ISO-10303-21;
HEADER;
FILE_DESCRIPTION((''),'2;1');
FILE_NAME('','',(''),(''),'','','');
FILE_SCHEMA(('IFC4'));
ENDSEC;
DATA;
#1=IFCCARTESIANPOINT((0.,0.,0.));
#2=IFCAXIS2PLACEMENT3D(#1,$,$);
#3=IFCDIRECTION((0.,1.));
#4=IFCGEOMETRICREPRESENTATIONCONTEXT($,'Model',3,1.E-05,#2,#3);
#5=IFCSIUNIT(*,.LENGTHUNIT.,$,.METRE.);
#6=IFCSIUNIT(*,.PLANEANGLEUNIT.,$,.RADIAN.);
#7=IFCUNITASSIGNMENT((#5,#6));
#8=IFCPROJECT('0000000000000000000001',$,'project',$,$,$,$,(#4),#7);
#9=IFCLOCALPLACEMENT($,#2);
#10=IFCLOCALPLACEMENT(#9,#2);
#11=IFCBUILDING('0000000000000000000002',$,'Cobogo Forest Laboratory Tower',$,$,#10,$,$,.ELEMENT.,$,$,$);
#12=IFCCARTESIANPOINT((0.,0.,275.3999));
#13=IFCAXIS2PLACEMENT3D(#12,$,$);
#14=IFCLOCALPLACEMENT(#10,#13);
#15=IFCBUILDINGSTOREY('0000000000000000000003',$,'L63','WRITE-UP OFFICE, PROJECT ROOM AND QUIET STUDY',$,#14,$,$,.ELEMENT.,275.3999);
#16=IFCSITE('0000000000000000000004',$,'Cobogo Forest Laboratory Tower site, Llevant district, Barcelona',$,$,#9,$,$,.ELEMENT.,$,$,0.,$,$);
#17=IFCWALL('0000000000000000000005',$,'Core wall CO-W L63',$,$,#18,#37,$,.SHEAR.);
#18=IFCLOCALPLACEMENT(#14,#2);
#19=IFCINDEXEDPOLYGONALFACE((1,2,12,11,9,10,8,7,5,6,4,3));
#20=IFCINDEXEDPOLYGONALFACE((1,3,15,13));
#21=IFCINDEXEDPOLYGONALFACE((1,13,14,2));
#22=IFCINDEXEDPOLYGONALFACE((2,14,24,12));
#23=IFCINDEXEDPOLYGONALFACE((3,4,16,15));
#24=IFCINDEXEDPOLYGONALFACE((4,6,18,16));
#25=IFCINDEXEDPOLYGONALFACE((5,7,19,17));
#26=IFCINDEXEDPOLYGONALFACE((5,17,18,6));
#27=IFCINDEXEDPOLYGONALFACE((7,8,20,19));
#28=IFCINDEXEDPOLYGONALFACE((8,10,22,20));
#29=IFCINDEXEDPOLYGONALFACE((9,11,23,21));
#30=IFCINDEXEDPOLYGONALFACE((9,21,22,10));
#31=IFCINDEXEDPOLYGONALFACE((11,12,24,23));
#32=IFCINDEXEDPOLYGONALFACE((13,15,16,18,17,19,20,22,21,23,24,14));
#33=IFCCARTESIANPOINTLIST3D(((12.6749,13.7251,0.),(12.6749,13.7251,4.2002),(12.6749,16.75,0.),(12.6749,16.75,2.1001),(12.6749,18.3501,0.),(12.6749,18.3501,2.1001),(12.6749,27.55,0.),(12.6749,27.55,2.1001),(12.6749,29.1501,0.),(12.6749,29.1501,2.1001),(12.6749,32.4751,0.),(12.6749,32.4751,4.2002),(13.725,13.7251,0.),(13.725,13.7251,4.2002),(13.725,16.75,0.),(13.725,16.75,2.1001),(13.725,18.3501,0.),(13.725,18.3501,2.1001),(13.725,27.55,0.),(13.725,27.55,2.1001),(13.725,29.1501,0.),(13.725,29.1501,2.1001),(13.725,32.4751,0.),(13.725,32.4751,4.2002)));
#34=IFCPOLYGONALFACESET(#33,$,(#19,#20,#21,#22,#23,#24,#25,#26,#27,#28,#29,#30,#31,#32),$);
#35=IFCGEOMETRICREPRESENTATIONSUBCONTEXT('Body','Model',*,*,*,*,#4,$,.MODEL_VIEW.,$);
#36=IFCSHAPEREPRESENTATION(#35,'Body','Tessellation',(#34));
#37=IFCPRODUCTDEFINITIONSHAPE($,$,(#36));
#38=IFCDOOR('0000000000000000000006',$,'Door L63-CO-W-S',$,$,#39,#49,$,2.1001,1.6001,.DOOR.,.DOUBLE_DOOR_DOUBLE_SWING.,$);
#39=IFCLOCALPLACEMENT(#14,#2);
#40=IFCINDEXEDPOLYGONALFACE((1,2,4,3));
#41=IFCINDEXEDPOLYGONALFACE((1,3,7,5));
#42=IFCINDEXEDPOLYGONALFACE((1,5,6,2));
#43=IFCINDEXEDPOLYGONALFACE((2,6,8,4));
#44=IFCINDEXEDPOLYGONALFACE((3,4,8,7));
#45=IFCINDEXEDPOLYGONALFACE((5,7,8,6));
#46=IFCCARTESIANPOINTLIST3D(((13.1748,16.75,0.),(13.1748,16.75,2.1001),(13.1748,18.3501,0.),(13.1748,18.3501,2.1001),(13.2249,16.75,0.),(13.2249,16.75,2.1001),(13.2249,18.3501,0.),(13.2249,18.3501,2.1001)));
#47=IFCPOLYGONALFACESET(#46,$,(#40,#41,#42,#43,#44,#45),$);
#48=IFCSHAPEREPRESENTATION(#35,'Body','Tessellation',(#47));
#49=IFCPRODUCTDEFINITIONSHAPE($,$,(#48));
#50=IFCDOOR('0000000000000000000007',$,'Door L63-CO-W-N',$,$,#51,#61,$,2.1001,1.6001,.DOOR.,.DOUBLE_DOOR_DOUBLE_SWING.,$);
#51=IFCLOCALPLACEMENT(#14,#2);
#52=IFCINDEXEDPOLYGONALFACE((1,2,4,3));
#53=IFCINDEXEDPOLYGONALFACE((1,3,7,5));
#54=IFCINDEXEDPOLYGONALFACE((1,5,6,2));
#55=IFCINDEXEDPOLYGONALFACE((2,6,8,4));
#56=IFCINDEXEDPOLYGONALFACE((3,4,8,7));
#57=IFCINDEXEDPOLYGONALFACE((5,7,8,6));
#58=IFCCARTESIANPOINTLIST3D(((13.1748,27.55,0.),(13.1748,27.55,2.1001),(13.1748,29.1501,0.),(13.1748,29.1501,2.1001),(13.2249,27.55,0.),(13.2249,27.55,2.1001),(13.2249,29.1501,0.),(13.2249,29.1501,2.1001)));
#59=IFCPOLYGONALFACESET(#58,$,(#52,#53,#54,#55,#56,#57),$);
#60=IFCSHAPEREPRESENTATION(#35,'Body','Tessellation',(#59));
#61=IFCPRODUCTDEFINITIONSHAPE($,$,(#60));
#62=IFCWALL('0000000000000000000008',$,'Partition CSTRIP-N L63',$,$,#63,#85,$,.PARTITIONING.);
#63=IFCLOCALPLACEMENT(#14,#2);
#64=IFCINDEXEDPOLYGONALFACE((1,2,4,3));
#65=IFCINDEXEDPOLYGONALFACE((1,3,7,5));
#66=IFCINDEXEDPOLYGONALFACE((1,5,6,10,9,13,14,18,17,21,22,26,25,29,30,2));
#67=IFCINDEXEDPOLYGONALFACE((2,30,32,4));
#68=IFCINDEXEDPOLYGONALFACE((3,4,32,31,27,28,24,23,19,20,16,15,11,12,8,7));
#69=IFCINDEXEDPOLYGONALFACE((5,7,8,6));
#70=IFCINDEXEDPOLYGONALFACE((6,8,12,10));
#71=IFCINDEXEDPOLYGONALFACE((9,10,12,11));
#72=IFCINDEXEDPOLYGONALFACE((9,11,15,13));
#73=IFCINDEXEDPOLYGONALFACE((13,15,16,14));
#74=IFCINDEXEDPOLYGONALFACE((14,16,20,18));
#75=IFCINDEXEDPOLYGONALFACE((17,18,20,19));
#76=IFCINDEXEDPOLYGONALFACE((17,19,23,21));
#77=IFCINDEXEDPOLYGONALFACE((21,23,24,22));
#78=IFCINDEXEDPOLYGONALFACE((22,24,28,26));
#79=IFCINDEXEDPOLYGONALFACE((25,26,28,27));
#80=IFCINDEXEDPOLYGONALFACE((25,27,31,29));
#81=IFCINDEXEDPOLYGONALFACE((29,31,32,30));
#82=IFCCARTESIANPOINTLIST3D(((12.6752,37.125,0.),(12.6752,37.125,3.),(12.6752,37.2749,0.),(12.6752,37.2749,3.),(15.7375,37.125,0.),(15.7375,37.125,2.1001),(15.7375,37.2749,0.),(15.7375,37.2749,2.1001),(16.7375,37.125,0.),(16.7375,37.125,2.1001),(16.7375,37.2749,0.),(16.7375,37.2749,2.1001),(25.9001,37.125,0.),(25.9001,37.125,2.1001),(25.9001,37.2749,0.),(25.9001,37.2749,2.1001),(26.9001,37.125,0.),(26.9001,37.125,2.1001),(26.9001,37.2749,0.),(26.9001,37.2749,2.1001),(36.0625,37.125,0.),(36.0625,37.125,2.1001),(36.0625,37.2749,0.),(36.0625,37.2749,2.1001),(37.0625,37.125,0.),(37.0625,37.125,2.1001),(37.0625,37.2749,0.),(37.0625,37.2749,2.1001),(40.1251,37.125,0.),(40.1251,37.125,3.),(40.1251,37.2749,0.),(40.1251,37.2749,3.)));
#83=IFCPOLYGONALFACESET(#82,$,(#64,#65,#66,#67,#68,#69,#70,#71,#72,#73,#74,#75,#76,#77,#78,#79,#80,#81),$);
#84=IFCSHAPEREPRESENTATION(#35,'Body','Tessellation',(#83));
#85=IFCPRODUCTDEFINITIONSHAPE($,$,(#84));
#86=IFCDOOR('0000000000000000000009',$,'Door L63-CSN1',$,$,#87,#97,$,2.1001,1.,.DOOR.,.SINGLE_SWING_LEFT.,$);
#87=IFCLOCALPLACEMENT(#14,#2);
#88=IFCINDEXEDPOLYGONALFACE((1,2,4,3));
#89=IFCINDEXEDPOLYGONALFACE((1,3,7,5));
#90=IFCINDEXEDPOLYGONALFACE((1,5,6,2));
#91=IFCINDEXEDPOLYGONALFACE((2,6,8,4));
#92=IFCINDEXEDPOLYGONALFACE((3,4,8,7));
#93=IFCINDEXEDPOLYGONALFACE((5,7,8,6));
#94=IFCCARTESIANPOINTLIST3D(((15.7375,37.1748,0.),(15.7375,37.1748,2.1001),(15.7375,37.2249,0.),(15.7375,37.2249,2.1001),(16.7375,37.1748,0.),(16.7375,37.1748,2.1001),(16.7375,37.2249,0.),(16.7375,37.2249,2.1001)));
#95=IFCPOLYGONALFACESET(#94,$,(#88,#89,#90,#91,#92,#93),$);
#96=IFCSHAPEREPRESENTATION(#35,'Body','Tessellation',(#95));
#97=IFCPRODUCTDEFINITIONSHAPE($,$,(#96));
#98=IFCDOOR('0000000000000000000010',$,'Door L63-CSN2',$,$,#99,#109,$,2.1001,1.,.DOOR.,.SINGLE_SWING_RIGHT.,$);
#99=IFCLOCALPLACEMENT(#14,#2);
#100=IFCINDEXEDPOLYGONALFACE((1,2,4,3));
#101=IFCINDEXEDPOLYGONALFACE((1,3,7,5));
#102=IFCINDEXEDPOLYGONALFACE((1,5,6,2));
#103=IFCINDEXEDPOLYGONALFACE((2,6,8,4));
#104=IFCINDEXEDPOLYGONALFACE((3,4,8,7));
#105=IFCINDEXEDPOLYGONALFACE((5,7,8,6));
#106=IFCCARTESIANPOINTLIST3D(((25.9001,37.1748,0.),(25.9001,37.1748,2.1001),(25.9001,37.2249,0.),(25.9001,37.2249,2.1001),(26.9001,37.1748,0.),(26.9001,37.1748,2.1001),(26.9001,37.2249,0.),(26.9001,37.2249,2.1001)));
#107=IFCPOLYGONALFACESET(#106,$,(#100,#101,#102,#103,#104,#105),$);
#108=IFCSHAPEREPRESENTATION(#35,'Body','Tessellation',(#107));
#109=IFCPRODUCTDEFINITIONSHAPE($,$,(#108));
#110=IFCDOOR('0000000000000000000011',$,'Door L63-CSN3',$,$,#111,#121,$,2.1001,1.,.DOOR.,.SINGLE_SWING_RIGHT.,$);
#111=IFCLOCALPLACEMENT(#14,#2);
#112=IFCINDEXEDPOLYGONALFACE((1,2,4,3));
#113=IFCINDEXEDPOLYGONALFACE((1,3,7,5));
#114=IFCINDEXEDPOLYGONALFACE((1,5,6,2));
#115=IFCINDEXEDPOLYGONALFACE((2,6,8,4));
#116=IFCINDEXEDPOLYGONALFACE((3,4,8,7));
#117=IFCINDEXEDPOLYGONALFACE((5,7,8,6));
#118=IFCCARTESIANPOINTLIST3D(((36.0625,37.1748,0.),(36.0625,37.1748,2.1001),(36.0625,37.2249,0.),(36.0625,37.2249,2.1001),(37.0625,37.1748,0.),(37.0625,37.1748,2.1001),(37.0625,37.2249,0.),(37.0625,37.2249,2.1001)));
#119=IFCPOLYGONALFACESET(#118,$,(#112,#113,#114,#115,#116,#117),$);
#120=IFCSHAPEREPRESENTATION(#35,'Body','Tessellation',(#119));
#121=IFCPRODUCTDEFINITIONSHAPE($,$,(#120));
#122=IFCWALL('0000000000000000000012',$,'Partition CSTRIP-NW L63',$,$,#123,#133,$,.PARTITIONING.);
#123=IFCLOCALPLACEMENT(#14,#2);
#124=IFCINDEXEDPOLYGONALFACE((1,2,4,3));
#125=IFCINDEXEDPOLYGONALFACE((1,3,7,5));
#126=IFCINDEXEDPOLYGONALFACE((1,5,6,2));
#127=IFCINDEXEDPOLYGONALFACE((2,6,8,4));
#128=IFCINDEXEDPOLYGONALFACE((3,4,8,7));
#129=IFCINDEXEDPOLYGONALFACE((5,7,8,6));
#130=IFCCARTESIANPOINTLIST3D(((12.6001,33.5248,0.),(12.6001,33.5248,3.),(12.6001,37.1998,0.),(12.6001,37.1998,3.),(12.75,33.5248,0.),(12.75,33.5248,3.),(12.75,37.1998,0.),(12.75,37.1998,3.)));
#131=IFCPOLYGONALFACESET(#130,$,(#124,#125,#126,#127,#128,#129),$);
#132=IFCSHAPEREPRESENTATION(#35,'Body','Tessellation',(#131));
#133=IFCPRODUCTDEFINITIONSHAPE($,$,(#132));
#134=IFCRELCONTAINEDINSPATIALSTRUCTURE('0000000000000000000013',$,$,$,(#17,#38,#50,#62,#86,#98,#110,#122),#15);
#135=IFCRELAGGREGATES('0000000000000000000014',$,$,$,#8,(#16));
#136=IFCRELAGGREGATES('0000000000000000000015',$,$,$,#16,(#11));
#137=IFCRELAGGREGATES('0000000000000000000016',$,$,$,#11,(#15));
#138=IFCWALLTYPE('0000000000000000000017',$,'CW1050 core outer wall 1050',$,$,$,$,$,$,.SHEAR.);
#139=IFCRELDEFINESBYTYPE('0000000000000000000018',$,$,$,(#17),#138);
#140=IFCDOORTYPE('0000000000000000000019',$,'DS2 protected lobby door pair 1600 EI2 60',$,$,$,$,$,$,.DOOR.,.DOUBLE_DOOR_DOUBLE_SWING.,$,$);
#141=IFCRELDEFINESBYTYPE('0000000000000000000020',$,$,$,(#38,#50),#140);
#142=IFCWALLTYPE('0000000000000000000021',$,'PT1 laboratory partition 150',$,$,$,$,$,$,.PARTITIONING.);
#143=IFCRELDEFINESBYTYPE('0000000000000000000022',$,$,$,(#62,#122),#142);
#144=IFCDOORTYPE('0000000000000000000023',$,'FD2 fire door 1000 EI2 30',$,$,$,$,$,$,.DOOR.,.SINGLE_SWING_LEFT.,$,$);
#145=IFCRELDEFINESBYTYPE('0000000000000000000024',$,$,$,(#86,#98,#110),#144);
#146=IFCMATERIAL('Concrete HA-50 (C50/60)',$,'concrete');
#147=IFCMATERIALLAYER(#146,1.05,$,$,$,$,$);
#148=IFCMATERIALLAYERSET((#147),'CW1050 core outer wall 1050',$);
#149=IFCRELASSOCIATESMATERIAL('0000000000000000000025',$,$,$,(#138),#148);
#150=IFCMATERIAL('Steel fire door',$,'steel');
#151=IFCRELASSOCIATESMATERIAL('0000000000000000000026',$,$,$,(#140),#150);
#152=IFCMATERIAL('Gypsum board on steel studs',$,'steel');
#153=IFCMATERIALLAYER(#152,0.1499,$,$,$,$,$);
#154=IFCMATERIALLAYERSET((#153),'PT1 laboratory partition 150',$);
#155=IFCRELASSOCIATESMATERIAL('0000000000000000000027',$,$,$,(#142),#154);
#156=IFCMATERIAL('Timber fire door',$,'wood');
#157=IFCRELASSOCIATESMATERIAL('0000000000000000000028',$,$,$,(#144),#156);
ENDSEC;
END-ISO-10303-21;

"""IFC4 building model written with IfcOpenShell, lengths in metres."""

from ifc_helpers import new_model, si_unit, direction, frame, frame_2d, origin, place, context, subcontext, project, spatial, rectangle, extrude, material, layer, layer_set, type_object, element, fill, save


model = new_model("IFC4")

# Units and contexts
model_context = context("Model", 3, precision=1e-05, world=origin(), true_north=direction((0.0, 1.0)))
body_context = subcontext(model_context, "Body", "Model", "MODEL_VIEW")
ifc_project = project(units=[si_unit("LENGTHUNIT", "METRE"), si_unit("PLANEANGLEUNIT", "RADIAN")], contexts=[model_context])

# Site, building, storey
site_placement = place(None, origin())
site = spatial("IfcSite", under=ifc_project, at=site_placement, Name="Cobogo Forest Laboratory Tower site, Llevant district, Barcelona", CompositionType="ELEMENT", RefElevation=0.0)
building_placement = place(site_placement, origin())
building = spatial("IfcBuilding", under=site, at=building_placement, Name="Cobogo Forest Laboratory Tower", CompositionType="ELEMENT")
storey_placement = place(building_placement, frame((0.0, 0.0, 275.3999)))
storey = spatial("IfcBuildingStorey", under=building, at=storey_placement, Name="L63", Description="WRITE-UP OFFICE, PROJECT ROOM AND QUIET STUDY", CompositionType="ELEMENT", Elevation=275.3999)

# Shared definitions
ifc_material_1 = material(Name="Concrete HA-50 (C50/60)", Category="concrete")

# Walls, openings, doors
ifc_material_2 = material(Name="Steel fire door", Category="steel")
ifc_layer_1 = layer(ifc_material_1, 1.05)
ifc_layer_set_1 = layer_set([ifc_layer_1], Name="CW1050 core outer wall 1050")
wall_type_1 = type_object("IfcWallType", Name="CW1050 core outer wall 1050", PredefinedType="SHEAR", material=ifc_layer_set_1)
wall_1_placement = place(storey_placement, frame((13.2, 32.4751, 0.0), z_axis=(0.0, 0.0, 1.0), x_axis=(0.0, -1.0, 0.0)))
wall_1 = element("IfcWall", 1, at=wall_1_placement, inside=storey, type_object=wall_type_1, Name="Core wall CO-W L63", PredefinedType="SHEAR", context=body_context, shape_type="SweptSolid", body=[
    extrude(rectangle(XDim=18.75, YDim=1.05, at=frame_2d((9.375, 0.0))), origin(), (0.0, 0.0, 1.0), 4.2002),
])
opening_1_placement = place(wall_1_placement, frame((14.125, 0.0, 0.0)))
opening_1 = element("IfcOpeningElement", 2, at=opening_1_placement, cuts=wall_1, PredefinedType="OPENING", context=body_context, shape_type="SweptSolid", body=[
    extrude(rectangle(XDim=1.6001, YDim=2.1001, at=frame_2d((0.8, 1.05))), frame((0.0, 0.5349, 0.0), z_axis=(0.0, -1.0, 0.0), x_axis=(1.0, 0.0, 0.0)), (0.0, 0.0, 1.0), 1.0701),
])
opening_2_placement = place(wall_1_placement, frame((3.325, 0.0, 0.0)))
opening_2 = element("IfcOpeningElement", 3, at=opening_2_placement, cuts=wall_1, PredefinedType="OPENING", context=body_context, shape_type="SweptSolid", body=[
    extrude(rectangle(XDim=1.6001, YDim=2.1001, at=frame_2d((0.8, 1.05))), frame((0.0, 0.5349, 0.0), z_axis=(0.0, -1.0, 0.0), x_axis=(1.0, 0.0, 0.0)), (0.0, 0.0, 1.0), 1.0701),
])
door_type_1 = type_object("IfcDoorType", Name="DS2 protected lobby door pair 1600 EI2 60", OperationType="DOUBLE_DOOR_DOUBLE_SWING", PredefinedType="DOOR", material=ifc_material_2)
door_1_placement = place(opening_1_placement, origin())
door_1 = element("IfcDoor", 4, at=door_1_placement, inside=storey, type_object=door_type_1, Name="Door L63-CO-W-S", OperationType="DOUBLE_DOOR_DOUBLE_SWING", OverallHeight=2.1001, OverallWidth=1.6001, PredefinedType="DOOR", context=body_context, shape_type="SweptSolid", body=[
    extrude(rectangle(XDim=1.6001, YDim=2.1001, at=frame_2d((0.8, 1.05))), frame((0.0, 0.0249, 0.0), z_axis=(0.0, -1.0, 0.0), x_axis=(1.0, 0.0, 0.0)), (0.0, 0.0, 1.0), 0.05),
])
fill(opening_1, door_1)
door_2_placement = place(opening_2_placement, origin())
door_2 = element("IfcDoor", 5, at=door_2_placement, inside=storey, type_object=door_type_1, Name="Door L63-CO-W-N", OperationType="DOUBLE_DOOR_DOUBLE_SWING", OverallHeight=2.1001, OverallWidth=1.6001, PredefinedType="DOOR", context=body_context, shape_type="SweptSolid", body=[
    extrude(rectangle(XDim=1.6001, YDim=2.1001, at=frame_2d((0.8, 1.05))), frame((0.0, 0.0249, 0.0), z_axis=(0.0, -1.0, 0.0), x_axis=(1.0, 0.0, 0.0)), (0.0, 0.0, 1.0), 0.05),
])
fill(opening_2, door_2)
ifc_material_3 = material(Name="Gypsum board on steel studs", Category="steel")
ifc_layer_2 = layer(ifc_material_3, 0.1499)
ifc_layer_set_2 = layer_set([ifc_layer_2], Name="PT1 laboratory partition 150")
wall_type_2 = type_object("IfcWallType", Name="PT1 laboratory partition 150", PredefinedType="PARTITIONING", material=ifc_layer_set_2)
wall_2_placement = place(storey_placement, frame((12.675, 37.2, 0.0), z_axis=(0.0, 0.0, 1.0), x_axis=(1.0, 0.0, 0.0)))
wall_2 = element("IfcWall", 6, at=wall_2_placement, inside=storey, type_object=wall_type_2, Name="Partition CSTRIP-N L63", PredefinedType="PARTITIONING", context=body_context, shape_type="SweptSolid", body=[
    extrude(rectangle(XDim=27.45, YDim=0.1499, at=frame_2d((13.7251, 0.0))), origin(), (0.0, 0.0, 1.0), 3.0),
])
opening_3_placement = place(wall_2_placement, frame((3.0625, 0.0, 0.0)))
opening_3 = element("IfcOpeningElement", 7, at=opening_3_placement, cuts=wall_2, PredefinedType="OPENING", context=body_context, shape_type="SweptSolid", body=[
    extrude(rectangle(XDim=1.0, YDim=2.1001, at=frame_2d((0.5, 1.05))), frame((0.0, 0.085, 0.0), z_axis=(0.0, -1.0, 0.0), x_axis=(1.0, 0.0, 0.0)), (0.0, 0.0, 1.0), 0.1699),
])
opening_4_placement = place(wall_2_placement, frame((13.2251, 0.0, 0.0)))
opening_4 = element("IfcOpeningElement", 8, at=opening_4_placement, cuts=wall_2, PredefinedType="OPENING", context=body_context, shape_type="SweptSolid", body=[
    extrude(rectangle(XDim=1.0, YDim=2.1001, at=frame_2d((0.5, 1.05))), frame((0.0, 0.085, 0.0), z_axis=(0.0, -1.0, 0.0), x_axis=(1.0, 0.0, 0.0)), (0.0, 0.0, 1.0), 0.1699),
])
opening_5_placement = place(wall_2_placement, frame((23.3875, 0.0, 0.0)))
opening_5 = element("IfcOpeningElement", 9, at=opening_5_placement, cuts=wall_2, PredefinedType="OPENING", context=body_context, shape_type="SweptSolid", body=[
    extrude(rectangle(XDim=1.0, YDim=2.1001, at=frame_2d((0.5, 1.05))), frame((0.0, 0.085, 0.0), z_axis=(0.0, -1.0, 0.0), x_axis=(1.0, 0.0, 0.0)), (0.0, 0.0, 1.0), 0.1699),
])
ifc_material_4 = material(Name="Timber fire door", Category="wood")
door_type_2 = type_object("IfcDoorType", Name="FD2 fire door 1000 EI2 30", OperationType="SINGLE_SWING_LEFT", PredefinedType="DOOR", material=ifc_material_4)
door_3_placement = place(opening_3_placement, origin())
door_3 = element("IfcDoor", 10, at=door_3_placement, inside=storey, type_object=door_type_2, Name="Door L63-CSN1", OperationType="SINGLE_SWING_LEFT", OverallHeight=2.1001, OverallWidth=1.0, PredefinedType="DOOR", context=body_context, shape_type="SweptSolid", body=[
    extrude(rectangle(XDim=1.0, YDim=2.1001, at=frame_2d((0.5, 1.05))), frame((0.0, 0.0249, 0.0), z_axis=(0.0, -1.0, 0.0), x_axis=(1.0, 0.0, 0.0)), (0.0, 0.0, 1.0), 0.05),
])
fill(opening_3, door_3)
door_4_placement = place(opening_4_placement, origin())
door_4 = element("IfcDoor", 11, at=door_4_placement, inside=storey, type_object=door_type_2, Name="Door L63-CSN2", OperationType="SINGLE_SWING_RIGHT", OverallHeight=2.1001, OverallWidth=1.0, PredefinedType="DOOR", context=body_context, shape_type="SweptSolid", body=[
    extrude(rectangle(XDim=1.0, YDim=2.1001, at=frame_2d((0.5, 1.05))), frame((0.0, 0.0249, 0.0), z_axis=(0.0, -1.0, 0.0), x_axis=(1.0, 0.0, 0.0)), (0.0, 0.0, 1.0), 0.05),
])
fill(opening_4, door_4)
door_5_placement = place(opening_5_placement, origin())
door_5 = element("IfcDoor", 12, at=door_5_placement, inside=storey, type_object=door_type_2, Name="Door L63-CSN3", OperationType="SINGLE_SWING_RIGHT", OverallHeight=2.1001, OverallWidth=1.0, PredefinedType="DOOR", context=body_context, shape_type="SweptSolid", body=[
    extrude(rectangle(XDim=1.0, YDim=2.1001, at=frame_2d((0.5, 1.05))), frame((0.0, 0.0249, 0.0), z_axis=(0.0, -1.0, 0.0), x_axis=(1.0, 0.0, 0.0)), (0.0, 0.0, 1.0), 0.05),
])
fill(opening_5, door_5)

# Wall
wall_3_placement = place(storey_placement, frame((12.675, 33.5249, 0.0), z_axis=(0.0, 0.0, 1.0), x_axis=(0.0, 1.0, 0.0)))
element("IfcWall", 13, at=wall_3_placement, inside=storey, type_object=wall_type_2, Name="Partition CSTRIP-NW L63", PredefinedType="PARTITIONING", context=body_context, shape_type="SweptSolid", body=[
    extrude(rectangle(XDim=3.675, YDim=0.1499, at=frame_2d((1.8374, 0.0))), origin(), (0.0, 0.0, 1.0), 3.0),
])

save(model, "model.ifc")
